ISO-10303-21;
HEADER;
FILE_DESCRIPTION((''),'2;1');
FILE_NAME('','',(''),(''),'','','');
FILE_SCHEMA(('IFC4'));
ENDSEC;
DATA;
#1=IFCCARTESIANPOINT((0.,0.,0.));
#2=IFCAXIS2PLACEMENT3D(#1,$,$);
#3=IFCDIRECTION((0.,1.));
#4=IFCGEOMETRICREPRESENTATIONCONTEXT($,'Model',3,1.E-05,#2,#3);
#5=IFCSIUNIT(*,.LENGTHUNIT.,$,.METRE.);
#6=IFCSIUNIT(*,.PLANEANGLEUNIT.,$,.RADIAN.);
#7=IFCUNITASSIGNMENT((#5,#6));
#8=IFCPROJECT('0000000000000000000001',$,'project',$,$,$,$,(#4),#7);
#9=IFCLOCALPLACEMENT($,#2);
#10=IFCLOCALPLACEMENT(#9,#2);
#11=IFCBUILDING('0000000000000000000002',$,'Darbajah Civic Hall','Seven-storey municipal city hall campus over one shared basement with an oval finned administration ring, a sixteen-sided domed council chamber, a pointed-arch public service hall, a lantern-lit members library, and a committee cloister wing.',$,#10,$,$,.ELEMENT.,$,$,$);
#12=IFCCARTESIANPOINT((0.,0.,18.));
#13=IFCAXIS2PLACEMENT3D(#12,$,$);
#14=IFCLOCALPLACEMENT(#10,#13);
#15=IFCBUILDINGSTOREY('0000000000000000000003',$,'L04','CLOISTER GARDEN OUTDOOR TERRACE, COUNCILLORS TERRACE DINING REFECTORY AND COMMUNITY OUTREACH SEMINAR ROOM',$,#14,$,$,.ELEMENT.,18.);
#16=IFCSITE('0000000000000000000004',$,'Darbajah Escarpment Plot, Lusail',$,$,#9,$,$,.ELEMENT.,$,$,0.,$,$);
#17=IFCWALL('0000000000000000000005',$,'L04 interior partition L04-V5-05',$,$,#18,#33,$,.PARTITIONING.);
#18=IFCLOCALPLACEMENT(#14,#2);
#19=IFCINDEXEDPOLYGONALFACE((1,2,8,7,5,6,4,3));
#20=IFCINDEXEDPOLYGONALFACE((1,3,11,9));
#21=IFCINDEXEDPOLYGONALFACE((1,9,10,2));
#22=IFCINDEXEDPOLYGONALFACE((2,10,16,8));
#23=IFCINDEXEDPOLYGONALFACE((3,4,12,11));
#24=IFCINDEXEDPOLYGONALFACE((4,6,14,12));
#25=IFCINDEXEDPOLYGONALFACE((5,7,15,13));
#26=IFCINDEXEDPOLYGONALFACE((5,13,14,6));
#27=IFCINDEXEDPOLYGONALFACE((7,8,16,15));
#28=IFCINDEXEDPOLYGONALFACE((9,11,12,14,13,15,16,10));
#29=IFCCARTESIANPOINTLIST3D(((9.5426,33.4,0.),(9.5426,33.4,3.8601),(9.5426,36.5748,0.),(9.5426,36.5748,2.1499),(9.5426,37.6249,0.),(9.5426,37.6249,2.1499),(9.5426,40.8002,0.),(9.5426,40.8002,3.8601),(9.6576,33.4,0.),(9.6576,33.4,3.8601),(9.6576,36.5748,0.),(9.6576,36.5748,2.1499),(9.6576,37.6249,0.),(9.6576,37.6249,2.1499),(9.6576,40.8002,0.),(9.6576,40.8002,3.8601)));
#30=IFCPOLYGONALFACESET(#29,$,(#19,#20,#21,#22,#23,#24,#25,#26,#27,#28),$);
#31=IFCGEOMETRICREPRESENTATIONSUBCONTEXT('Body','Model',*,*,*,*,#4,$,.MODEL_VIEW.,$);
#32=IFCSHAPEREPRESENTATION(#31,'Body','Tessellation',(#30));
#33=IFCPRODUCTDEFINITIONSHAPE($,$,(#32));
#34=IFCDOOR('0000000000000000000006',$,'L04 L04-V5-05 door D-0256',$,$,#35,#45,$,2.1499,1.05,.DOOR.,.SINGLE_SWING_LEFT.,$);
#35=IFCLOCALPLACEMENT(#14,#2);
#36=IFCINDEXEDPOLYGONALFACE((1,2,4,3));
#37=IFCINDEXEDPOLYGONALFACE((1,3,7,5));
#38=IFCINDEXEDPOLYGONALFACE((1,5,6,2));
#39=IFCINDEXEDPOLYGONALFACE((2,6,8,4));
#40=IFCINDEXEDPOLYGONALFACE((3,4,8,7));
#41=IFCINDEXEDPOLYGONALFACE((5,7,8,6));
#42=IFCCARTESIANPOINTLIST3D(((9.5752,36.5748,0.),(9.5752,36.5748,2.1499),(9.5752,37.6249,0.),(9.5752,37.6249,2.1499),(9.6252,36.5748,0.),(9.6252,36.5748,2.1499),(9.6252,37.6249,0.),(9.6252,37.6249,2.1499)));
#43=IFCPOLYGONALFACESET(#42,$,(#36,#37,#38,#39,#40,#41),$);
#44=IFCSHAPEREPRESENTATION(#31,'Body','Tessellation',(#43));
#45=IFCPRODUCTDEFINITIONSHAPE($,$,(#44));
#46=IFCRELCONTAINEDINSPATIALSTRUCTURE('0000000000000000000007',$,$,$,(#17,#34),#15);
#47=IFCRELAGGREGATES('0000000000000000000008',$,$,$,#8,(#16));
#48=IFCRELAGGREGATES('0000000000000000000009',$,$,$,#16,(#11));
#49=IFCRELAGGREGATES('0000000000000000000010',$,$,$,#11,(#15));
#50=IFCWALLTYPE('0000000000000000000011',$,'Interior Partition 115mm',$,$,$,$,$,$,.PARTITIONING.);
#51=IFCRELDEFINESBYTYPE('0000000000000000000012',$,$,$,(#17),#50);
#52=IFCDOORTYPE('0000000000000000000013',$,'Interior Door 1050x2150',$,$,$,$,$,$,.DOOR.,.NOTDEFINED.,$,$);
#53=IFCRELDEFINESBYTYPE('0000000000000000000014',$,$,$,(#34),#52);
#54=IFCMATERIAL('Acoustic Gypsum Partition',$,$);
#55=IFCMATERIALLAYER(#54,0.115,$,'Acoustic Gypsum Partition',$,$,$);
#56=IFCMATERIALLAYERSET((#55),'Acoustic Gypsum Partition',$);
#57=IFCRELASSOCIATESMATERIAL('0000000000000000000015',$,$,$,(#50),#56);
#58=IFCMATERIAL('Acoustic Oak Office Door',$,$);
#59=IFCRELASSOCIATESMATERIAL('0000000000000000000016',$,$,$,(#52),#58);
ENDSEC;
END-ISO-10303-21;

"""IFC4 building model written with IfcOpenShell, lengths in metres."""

from ifc_helpers import new_model, si_unit, direction, frame, frame_2d, origin, place, context, subcontext, project, spatial, rectangle, extrude, material, layer, layer_set, type_object, element, fill, save


model = new_model("IFC4")

# Units and contexts
model_context = context("Model", 3, precision=1e-05, world=origin(), true_north=direction((0.0, 1.0)))
body_context = subcontext(model_context, "Body", "Model", "MODEL_VIEW")
ifc_project = project(units=[si_unit("LENGTHUNIT", "METRE"), si_unit("PLANEANGLEUNIT", "RADIAN")], contexts=[model_context])

# Site, building, storey
site_placement = place(None, origin())
site = spatial("IfcSite", under=ifc_project, at=site_placement, Name="Darbajah Escarpment Plot, Lusail", CompositionType="ELEMENT", RefElevation=0.0)
building_placement = place(site_placement, origin())
building = spatial("IfcBuilding", under=site, at=building_placement, Name="Darbajah Civic Hall", Description="Seven-storey municipal city hall campus over one shared basement with an oval finned administration ring, a sixteen-sided domed council chamber, a pointed-arch public service hall, a lantern-lit members library, and a committee cloister wing.", CompositionType="ELEMENT")
storey_placement = place(building_placement, frame((0.0, 0.0, 18.0)))
storey = spatial("IfcBuildingStorey", under=building, at=storey_placement, Name="L04", Description="CLOISTER GARDEN OUTDOOR TERRACE, COUNCILLORS TERRACE DINING REFECTORY AND COMMUNITY OUTREACH SEMINAR ROOM", CompositionType="ELEMENT", Elevation=18.0)

# Wall, opening, door
ifc_material_1 = material(Name="Acoustic Gypsum Partition")
ifc_layer_1 = layer(ifc_material_1, 0.115, Name="Acoustic Gypsum Partition")
ifc_layer_set_1 = layer_set([ifc_layer_1], Name="Acoustic Gypsum Partition")
wall_type_1 = type_object("IfcWallType", Name="Interior Partition 115mm", PredefinedType="PARTITIONING", material=ifc_layer_set_1)
wall_1_placement = place(storey_placement, frame((9.6001, 33.3999, 0.0), z_axis=(0.0, 0.0, 1.0), x_axis=(0.0, 1.0, 0.0)))
wall_1 = element("IfcWall", 1, at=wall_1_placement, inside=storey, type_object=wall_type_1, Name="L04 interior partition L04-V5-05", PredefinedType="PARTITIONING", context=body_context, shape_type="SweptSolid", body=[
    extrude(rectangle(XDim=7.4001, YDim=0.115, at=frame_2d((3.7002, 0.0))), origin(), (0.0, 0.0, 1.0), 3.8601),
])
opening_1_placement = place(wall_1_placement, frame((3.175, 0.0, 0.0)))
opening_1 = element("IfcOpeningElement", 2, at=opening_1_placement, cuts=wall_1, PredefinedType="OPENING", context=body_context, shape_type="SweptSolid", body=[
    extrude(rectangle(XDim=1.05, YDim=2.1499, at=frame_2d((0.5249, 1.075))), frame((0.0, 0.0674, 0.0), z_axis=(0.0, -1.0, 0.0), x_axis=(1.0, 0.0, 0.0)), (0.0, 0.0, 1.0), 0.135),
])
ifc_material_2 = material(Name="Acoustic Oak Office Door")
door_type = type_object("IfcDoorType", Name="Interior Door 1050x2150", OperationType="NOTDEFINED", PredefinedType="DOOR", material=ifc_material_2)
door_placement = place(opening_1_placement, origin())
door = element("IfcDoor", 3, at=door_placement, inside=storey, type_object=door_type, Name="L04 L04-V5-05 door D-0256", OperationType="SINGLE_SWING_LEFT", OverallHeight=2.1499, OverallWidth=1.05, PredefinedType="DOOR", context=body_context, shape_type="SweptSolid", body=[
    extrude(rectangle(XDim=1.05, YDim=2.1499, at=frame_2d((0.5249, 1.075))), frame((0.0, 0.0249, 0.0), z_axis=(0.0, -1.0, 0.0), x_axis=(1.0, 0.0, 0.0)), (0.0, 0.0, 1.0), 0.05),
])
fill(opening_1, door)

save(model, "model.ifc")
